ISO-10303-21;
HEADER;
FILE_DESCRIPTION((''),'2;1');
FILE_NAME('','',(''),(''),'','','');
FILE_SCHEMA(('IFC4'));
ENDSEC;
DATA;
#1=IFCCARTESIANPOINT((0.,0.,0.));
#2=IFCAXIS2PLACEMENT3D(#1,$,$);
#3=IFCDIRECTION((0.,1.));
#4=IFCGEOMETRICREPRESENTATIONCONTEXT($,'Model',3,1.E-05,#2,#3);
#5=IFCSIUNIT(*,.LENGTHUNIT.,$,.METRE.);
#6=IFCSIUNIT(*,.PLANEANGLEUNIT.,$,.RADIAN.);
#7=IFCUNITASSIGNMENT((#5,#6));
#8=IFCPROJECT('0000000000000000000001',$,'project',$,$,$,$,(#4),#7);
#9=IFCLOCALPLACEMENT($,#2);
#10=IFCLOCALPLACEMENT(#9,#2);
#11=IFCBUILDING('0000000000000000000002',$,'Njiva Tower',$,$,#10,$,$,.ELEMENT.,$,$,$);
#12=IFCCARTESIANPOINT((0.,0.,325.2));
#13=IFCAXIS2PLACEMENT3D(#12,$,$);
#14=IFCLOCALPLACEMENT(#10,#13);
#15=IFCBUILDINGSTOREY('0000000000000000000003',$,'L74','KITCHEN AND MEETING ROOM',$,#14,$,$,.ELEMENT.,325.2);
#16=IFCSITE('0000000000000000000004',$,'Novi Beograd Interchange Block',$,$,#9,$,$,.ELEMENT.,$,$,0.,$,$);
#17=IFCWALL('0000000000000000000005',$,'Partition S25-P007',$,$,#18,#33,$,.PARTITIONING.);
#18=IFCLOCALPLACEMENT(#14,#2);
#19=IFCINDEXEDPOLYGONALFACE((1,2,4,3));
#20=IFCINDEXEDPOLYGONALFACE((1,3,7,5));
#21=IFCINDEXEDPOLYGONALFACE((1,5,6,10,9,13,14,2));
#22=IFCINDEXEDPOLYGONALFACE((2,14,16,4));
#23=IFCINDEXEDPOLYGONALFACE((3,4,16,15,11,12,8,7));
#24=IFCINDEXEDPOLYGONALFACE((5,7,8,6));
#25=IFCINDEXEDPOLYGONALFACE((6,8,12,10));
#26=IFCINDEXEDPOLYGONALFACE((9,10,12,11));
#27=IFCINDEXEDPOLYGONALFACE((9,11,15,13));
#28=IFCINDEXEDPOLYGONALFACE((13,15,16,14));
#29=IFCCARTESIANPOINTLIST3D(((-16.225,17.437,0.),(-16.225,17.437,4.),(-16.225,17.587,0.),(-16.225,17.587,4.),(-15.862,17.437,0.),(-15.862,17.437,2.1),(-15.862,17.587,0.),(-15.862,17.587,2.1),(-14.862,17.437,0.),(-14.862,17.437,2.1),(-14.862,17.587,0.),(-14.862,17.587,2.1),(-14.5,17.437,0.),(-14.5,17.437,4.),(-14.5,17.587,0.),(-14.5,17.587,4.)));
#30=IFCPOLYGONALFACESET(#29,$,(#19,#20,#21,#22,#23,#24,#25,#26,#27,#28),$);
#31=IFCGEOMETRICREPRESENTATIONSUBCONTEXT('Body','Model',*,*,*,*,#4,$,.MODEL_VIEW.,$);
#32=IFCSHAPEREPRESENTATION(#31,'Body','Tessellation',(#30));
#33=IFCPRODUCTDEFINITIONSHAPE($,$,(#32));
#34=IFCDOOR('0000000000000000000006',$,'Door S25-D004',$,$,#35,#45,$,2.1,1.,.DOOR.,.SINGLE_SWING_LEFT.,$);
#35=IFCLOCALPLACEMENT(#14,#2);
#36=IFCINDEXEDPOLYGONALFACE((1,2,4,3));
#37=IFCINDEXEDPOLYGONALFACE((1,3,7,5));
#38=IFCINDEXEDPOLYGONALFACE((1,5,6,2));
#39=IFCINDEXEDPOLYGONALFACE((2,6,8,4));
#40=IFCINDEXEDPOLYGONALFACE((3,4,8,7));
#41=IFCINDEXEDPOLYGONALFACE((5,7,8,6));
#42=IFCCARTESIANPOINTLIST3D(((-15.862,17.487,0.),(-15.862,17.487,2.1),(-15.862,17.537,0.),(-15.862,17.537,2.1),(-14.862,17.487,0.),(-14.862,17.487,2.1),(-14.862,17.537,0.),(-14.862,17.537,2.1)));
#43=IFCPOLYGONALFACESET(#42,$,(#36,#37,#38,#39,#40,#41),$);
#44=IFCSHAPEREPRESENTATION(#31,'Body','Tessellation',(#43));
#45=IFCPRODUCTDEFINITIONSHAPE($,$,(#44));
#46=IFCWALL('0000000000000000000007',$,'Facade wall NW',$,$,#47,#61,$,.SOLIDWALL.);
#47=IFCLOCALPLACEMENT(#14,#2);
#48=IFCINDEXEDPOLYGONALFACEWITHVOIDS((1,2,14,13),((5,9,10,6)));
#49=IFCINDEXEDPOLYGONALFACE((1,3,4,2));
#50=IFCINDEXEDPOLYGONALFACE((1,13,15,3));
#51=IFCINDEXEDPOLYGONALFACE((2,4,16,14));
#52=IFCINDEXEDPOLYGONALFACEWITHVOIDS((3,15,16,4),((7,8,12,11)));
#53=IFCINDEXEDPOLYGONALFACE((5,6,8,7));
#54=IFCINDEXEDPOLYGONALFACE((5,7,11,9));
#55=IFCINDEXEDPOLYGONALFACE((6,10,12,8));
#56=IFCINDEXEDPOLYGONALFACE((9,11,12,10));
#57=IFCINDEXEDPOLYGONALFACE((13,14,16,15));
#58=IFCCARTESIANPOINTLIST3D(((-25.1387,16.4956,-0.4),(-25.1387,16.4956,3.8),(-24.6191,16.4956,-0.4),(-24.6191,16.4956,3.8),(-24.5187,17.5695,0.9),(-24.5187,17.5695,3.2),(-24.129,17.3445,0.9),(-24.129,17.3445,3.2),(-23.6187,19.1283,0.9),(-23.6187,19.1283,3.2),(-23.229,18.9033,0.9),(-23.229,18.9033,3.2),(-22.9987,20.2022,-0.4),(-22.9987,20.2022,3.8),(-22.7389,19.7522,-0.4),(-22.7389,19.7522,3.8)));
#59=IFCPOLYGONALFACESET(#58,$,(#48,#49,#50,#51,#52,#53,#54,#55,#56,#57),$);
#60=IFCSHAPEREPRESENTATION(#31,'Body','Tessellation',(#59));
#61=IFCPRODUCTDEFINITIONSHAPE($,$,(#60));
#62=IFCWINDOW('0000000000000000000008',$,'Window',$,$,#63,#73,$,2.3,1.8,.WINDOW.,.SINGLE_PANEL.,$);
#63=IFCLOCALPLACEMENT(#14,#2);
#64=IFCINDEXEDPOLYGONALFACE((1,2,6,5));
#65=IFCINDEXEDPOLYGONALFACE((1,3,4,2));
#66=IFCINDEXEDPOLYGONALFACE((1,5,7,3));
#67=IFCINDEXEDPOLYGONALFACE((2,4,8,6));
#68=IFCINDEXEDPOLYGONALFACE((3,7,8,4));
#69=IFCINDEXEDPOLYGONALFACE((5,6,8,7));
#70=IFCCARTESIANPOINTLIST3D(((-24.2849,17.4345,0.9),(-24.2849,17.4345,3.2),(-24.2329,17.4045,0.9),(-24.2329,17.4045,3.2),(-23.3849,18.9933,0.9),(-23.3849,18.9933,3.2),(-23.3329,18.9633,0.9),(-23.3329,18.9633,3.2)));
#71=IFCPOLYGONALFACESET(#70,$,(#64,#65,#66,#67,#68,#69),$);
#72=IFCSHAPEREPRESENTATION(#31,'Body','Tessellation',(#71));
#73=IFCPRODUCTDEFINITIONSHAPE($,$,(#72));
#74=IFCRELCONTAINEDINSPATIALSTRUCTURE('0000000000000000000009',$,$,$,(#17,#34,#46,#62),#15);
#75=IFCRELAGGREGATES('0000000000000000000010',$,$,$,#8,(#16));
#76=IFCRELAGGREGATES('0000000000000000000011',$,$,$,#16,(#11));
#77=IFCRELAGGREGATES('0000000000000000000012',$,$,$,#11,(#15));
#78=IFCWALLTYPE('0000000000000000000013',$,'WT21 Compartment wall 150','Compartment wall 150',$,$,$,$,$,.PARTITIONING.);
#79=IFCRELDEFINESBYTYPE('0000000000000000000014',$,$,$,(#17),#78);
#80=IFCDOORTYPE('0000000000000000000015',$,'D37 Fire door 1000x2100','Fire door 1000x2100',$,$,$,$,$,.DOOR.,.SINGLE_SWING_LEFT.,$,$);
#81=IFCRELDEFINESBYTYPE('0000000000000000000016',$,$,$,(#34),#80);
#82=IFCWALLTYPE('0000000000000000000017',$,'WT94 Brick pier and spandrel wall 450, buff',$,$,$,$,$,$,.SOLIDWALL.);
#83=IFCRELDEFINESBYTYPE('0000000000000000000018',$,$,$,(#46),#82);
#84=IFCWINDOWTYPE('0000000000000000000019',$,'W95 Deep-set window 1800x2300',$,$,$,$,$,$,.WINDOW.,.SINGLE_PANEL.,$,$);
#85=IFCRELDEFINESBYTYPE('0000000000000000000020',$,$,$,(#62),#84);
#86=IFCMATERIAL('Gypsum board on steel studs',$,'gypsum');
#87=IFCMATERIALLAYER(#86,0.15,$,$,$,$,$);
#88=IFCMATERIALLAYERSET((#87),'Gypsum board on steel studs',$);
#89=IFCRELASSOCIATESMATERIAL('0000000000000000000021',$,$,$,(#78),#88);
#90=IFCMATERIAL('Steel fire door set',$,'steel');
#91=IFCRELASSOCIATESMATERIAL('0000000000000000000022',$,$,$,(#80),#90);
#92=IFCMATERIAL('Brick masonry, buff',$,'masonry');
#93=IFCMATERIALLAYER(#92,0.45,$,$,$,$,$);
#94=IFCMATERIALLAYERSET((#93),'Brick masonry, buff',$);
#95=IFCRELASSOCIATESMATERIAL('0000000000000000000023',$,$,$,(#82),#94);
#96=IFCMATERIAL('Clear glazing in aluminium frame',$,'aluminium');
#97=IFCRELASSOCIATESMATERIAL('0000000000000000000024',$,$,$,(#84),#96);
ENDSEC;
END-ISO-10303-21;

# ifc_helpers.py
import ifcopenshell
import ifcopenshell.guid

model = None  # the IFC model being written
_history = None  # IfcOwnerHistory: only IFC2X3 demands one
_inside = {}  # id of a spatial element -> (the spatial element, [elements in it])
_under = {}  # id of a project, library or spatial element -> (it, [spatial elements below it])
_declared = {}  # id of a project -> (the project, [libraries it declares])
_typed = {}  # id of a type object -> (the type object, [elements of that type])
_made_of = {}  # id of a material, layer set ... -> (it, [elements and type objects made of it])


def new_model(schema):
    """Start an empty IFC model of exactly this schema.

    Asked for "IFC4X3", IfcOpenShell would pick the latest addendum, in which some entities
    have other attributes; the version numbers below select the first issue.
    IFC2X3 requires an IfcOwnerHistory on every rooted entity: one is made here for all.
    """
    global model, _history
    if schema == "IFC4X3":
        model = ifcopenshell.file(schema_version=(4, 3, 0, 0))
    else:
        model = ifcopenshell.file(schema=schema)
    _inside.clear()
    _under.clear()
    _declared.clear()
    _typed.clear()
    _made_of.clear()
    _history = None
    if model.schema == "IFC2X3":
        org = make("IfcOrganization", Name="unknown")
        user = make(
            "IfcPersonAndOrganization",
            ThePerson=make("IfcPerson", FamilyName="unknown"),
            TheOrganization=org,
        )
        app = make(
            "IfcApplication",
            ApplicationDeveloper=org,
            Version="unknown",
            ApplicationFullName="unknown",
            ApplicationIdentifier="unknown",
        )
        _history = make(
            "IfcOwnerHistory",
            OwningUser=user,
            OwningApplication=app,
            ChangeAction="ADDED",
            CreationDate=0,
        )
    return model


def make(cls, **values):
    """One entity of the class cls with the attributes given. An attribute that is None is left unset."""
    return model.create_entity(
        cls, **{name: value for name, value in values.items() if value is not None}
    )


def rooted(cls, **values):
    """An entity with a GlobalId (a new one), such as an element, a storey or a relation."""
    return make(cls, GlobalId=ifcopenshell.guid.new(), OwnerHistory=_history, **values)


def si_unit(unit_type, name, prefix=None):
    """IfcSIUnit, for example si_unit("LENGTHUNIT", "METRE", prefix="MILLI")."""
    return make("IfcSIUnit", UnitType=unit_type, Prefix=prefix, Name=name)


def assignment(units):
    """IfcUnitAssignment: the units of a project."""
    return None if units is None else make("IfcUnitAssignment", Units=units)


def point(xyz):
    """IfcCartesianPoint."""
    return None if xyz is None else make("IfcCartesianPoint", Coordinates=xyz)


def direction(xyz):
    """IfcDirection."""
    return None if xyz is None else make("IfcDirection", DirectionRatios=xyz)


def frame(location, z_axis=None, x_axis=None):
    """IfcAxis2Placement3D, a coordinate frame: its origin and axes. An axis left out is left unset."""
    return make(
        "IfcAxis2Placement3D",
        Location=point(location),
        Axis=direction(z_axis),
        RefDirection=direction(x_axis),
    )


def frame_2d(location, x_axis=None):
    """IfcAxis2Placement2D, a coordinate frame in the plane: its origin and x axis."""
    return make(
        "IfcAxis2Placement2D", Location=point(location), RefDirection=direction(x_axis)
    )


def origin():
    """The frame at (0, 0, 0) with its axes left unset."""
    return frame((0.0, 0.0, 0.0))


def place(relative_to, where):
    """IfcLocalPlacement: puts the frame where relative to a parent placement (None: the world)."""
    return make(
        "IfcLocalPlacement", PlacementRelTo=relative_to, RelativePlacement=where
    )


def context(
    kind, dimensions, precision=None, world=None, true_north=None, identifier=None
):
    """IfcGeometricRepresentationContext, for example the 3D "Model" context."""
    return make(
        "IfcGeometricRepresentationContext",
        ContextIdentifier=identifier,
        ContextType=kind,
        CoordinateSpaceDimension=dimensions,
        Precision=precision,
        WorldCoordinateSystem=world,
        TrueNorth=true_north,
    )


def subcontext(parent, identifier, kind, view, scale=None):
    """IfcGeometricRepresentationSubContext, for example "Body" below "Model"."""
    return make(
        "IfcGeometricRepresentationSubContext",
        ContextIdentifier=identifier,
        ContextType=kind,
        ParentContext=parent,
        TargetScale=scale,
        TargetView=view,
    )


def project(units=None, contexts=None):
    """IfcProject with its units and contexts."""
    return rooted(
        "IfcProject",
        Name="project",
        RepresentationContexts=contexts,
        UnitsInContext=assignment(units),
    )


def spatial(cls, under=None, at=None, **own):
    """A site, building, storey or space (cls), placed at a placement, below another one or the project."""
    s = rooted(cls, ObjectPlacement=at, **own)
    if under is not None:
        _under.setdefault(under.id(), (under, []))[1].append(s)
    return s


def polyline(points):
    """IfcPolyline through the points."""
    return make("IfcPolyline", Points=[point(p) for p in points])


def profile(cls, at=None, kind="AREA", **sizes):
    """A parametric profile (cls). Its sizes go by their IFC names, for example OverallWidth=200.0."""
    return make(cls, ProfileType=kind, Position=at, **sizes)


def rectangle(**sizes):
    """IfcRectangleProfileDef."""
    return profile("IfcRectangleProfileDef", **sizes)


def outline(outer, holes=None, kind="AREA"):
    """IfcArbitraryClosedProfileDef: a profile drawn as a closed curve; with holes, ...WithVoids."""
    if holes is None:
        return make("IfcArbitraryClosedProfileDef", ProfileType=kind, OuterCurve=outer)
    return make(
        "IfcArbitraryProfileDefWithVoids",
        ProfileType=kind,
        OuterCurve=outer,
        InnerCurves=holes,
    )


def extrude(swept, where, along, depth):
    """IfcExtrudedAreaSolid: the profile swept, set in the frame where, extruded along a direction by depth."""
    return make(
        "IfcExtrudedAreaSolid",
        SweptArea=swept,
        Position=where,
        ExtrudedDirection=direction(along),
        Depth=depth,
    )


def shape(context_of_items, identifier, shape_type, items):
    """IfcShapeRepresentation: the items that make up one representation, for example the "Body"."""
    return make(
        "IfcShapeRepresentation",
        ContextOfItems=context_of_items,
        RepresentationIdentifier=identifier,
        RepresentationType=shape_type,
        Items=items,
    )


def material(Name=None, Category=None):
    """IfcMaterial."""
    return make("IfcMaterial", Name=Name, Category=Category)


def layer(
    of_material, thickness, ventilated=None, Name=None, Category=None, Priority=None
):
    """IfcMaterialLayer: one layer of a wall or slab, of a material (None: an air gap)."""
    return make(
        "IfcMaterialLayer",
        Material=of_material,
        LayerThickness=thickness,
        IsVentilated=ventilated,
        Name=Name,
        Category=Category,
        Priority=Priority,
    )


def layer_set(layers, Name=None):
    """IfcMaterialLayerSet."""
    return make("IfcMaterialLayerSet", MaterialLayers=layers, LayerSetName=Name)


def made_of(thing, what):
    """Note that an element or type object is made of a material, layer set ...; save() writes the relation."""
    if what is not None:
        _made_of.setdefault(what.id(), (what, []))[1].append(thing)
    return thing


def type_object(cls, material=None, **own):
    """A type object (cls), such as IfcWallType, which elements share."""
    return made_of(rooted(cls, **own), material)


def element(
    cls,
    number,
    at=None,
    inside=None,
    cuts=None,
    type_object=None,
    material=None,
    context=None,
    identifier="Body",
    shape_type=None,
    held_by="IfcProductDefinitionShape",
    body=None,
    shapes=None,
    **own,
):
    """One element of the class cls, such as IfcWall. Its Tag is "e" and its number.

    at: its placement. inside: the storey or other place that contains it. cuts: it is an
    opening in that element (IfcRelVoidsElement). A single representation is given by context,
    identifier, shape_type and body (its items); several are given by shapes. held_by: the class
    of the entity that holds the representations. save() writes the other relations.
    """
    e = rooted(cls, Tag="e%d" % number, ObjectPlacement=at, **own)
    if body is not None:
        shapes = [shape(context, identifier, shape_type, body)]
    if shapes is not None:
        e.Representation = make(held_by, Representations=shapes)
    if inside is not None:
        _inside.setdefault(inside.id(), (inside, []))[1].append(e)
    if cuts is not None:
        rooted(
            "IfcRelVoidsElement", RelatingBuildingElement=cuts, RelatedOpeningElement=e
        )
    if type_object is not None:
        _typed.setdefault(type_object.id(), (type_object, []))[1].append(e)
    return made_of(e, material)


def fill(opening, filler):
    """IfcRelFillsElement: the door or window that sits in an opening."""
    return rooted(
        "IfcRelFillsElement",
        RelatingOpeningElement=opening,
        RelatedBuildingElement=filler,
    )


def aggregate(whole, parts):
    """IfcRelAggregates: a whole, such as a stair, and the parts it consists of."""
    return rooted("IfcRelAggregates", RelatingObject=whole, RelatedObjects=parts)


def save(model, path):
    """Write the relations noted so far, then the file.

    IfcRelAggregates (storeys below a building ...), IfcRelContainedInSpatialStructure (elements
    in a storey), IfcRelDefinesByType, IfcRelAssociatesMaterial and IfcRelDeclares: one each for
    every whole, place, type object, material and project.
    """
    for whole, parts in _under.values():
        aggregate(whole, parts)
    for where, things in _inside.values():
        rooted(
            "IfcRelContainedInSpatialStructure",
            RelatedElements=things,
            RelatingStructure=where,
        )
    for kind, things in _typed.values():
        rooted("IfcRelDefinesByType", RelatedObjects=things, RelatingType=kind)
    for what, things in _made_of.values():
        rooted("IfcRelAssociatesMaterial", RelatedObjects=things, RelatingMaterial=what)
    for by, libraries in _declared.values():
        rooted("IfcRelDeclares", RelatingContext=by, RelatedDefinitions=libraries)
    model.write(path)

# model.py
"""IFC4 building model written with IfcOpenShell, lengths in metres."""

from ifc_helpers import new_model, si_unit, direction, frame, frame_2d, origin, place, context, subcontext, project, spatial, polyline, rectangle, outline, extrude, material, layer, layer_set, type_object, element, fill, save


model = new_model("IFC4")

# Units and contexts
model_context = context("Model", 3, precision=1e-05, world=origin(), true_north=direction((0.0, 1.0)))
body_context = subcontext(model_context, "Body", "Model", "MODEL_VIEW")
ifc_project = project(units=[si_unit("LENGTHUNIT", "METRE"), si_unit("PLANEANGLEUNIT", "RADIAN")], contexts=[model_context])

# Site, building, storey
site_placement = place(None, origin())
site = spatial("IfcSite", under=ifc_project, at=site_placement, Name="Novi Beograd Interchange Block", CompositionType="ELEMENT", RefElevation=0.0)
building_placement = place(site_placement, origin())
building = spatial("IfcBuilding", under=site, at=building_placement, Name="Njiva Tower", CompositionType="ELEMENT")
storey_placement = place(building_placement, frame((0.0, 0.0, 325.2)))
storey = spatial("IfcBuildingStorey", under=building, at=storey_placement, Name="L74", Description="KITCHEN AND MEETING ROOM", CompositionType="ELEMENT", Elevation=325.2)

# Shared definitions
ifc_material_1 = material(Name="Gypsum board on steel studs", Category="gypsum")

# Wall, opening, door
ifc_layer_1 = layer(ifc_material_1, 0.15)
ifc_layer_set_1 = layer_set([ifc_layer_1], Name="Gypsum board on steel studs")
wall_type_1 = type_object("IfcWallType", Name="WT21 Compartment wall 150", Description="Compartment wall 150", PredefinedType="PARTITIONING", material=ifc_layer_set_1)
wall_1_placement = place(storey_placement, frame((-16.225, 17.512, 0.0), z_axis=(0.0, 0.0, 1.0), x_axis=(1.0, 0.0, 0.0)))
wall_1 = element("IfcWall", 1, at=wall_1_placement, inside=storey, type_object=wall_type_1, Name="Partition S25-P007", PredefinedType="PARTITIONING", context=body_context, shape_type="SweptSolid", body=[
    extrude(rectangle(XDim=1.725, YDim=0.15, at=frame_2d((0.8625, 0.0))), origin(), (0.0, 0.0, 1.0), 4.0),
])
opening_1_placement = place(wall_1_placement, frame((0.363, 0.0, 0.0)))
opening_1 = element("IfcOpeningElement", 2, at=opening_1_placement, cuts=wall_1, PredefinedType="OPENING", context=body_context, shape_type="SweptSolid", body=[
    extrude(rectangle(XDim=1.0, YDim=2.1, at=frame_2d((0.5, 1.05))), frame((0.0, 0.085, 0.0), z_axis=(0.0, -1.0, 0.0), x_axis=(1.0, 0.0, 0.0)), (0.0, 0.0, 1.0), 0.17),
])
ifc_material_2 = material(Name="Steel fire door set", Category="steel")
door_type = type_object("IfcDoorType", Name="D37 Fire door 1000x2100", Description="Fire door 1000x2100", OperationType="SINGLE_SWING_LEFT", PredefinedType="DOOR", material=ifc_material_2)
door_placement = place(opening_1_placement, origin())
door = element("IfcDoor", 3, at=door_placement, inside=storey, type_object=door_type, Name="Door S25-D004", OperationType="SINGLE_SWING_LEFT", OverallHeight=2.1, OverallWidth=1.0, PredefinedType="DOOR", context=body_context, shape_type="SweptSolid", body=[
    extrude(rectangle(XDim=1.0, YDim=2.1, at=frame_2d((0.5, 1.05))), frame((0.0, 0.025, 0.0), z_axis=(0.0, -1.0, 0.0), x_axis=(1.0, 0.0, 0.0)), (0.0, 0.0, 1.0), 0.05),
])
fill(opening_1, door)

# Shared definitions
ifc_material_3 = material(Name="Clear glazing in aluminium frame", Category="aluminium")

# Wall, opening, window
ifc_material_4 = material(Name="Brick masonry, buff", Category="masonry")
ifc_layer_2 = layer(ifc_material_4, 0.45)
ifc_layer_set_2 = layer_set([ifc_layer_2], Name="Brick masonry, buff")
wall_type_2 = type_object("IfcWallType", Name="WT94 Brick pier and spandrel wall 450, buff", PredefinedType="SOLIDWALL", material=ifc_layer_set_2)
wall_2_placement = place(storey_placement, frame((-22.8688, 19.9772, -0.4), z_axis=(0.0, 0.0, 1.0), x_axis=(-0.499999, -0.866026, 0.0)))
wall_2 = element("IfcWall", 4, at=wall_2_placement, inside=storey, type_object=wall_type_2, Name="Facade wall NW", PredefinedType="SOLIDWALL", context=body_context, shape_type="SweptSolid", body=[
    extrude(outline(polyline([(-0.1299, -0.225), (4.1501, -0.225), (3.8903, 0.225), (0.1299, 0.225), (-0.1299, -0.225)])), origin(), (0.0, 0.0, 1.0), 4.2),
])
opening_2_placement = place(wall_2_placement, frame((1.1101, 0.0, 1.3)))
opening_2 = element("IfcOpeningElement", 5, at=opening_2_placement, cuts=wall_2, PredefinedType="OPENING", context=body_context, shape_type="SweptSolid", body=[
    extrude(rectangle(XDim=1.8, YDim=2.3, at=frame_2d((0.9, 1.15))), frame((0.0, 0.235, 0.0), z_axis=(0.0, -1.0, 0.0), x_axis=(1.0, 0.0, 0.0)), (0.0, 0.0, 1.0), 0.47),
])
window_type_1 = type_object("IfcWindowType", Name="W95 Deep-set window 1800x2300", PartitioningType="SINGLE_PANEL", PredefinedType="WINDOW", material=ifc_material_3)
window_1_placement = place(opening_2_placement, origin())
window_1 = element("IfcWindow", 6, at=window_1_placement, inside=storey, type_object=window_type_1, Name="Window", OverallHeight=2.3, OverallWidth=1.8, PartitioningType="SINGLE_PANEL", PredefinedType="WINDOW", context=body_context, shape_type="SweptSolid", body=[
    extrude(rectangle(XDim=1.8, YDim=2.3, at=frame_2d((0.9, 1.15))), frame((0.0, 0.105, 0.0), z_axis=(0.0, -1.0, 0.0), x_axis=(1.0, 0.0, 0.0)), (0.0, 0.0, 1.0), 0.06),
])
fill(opening_2, window_1)

save(model, "model.ifc")
